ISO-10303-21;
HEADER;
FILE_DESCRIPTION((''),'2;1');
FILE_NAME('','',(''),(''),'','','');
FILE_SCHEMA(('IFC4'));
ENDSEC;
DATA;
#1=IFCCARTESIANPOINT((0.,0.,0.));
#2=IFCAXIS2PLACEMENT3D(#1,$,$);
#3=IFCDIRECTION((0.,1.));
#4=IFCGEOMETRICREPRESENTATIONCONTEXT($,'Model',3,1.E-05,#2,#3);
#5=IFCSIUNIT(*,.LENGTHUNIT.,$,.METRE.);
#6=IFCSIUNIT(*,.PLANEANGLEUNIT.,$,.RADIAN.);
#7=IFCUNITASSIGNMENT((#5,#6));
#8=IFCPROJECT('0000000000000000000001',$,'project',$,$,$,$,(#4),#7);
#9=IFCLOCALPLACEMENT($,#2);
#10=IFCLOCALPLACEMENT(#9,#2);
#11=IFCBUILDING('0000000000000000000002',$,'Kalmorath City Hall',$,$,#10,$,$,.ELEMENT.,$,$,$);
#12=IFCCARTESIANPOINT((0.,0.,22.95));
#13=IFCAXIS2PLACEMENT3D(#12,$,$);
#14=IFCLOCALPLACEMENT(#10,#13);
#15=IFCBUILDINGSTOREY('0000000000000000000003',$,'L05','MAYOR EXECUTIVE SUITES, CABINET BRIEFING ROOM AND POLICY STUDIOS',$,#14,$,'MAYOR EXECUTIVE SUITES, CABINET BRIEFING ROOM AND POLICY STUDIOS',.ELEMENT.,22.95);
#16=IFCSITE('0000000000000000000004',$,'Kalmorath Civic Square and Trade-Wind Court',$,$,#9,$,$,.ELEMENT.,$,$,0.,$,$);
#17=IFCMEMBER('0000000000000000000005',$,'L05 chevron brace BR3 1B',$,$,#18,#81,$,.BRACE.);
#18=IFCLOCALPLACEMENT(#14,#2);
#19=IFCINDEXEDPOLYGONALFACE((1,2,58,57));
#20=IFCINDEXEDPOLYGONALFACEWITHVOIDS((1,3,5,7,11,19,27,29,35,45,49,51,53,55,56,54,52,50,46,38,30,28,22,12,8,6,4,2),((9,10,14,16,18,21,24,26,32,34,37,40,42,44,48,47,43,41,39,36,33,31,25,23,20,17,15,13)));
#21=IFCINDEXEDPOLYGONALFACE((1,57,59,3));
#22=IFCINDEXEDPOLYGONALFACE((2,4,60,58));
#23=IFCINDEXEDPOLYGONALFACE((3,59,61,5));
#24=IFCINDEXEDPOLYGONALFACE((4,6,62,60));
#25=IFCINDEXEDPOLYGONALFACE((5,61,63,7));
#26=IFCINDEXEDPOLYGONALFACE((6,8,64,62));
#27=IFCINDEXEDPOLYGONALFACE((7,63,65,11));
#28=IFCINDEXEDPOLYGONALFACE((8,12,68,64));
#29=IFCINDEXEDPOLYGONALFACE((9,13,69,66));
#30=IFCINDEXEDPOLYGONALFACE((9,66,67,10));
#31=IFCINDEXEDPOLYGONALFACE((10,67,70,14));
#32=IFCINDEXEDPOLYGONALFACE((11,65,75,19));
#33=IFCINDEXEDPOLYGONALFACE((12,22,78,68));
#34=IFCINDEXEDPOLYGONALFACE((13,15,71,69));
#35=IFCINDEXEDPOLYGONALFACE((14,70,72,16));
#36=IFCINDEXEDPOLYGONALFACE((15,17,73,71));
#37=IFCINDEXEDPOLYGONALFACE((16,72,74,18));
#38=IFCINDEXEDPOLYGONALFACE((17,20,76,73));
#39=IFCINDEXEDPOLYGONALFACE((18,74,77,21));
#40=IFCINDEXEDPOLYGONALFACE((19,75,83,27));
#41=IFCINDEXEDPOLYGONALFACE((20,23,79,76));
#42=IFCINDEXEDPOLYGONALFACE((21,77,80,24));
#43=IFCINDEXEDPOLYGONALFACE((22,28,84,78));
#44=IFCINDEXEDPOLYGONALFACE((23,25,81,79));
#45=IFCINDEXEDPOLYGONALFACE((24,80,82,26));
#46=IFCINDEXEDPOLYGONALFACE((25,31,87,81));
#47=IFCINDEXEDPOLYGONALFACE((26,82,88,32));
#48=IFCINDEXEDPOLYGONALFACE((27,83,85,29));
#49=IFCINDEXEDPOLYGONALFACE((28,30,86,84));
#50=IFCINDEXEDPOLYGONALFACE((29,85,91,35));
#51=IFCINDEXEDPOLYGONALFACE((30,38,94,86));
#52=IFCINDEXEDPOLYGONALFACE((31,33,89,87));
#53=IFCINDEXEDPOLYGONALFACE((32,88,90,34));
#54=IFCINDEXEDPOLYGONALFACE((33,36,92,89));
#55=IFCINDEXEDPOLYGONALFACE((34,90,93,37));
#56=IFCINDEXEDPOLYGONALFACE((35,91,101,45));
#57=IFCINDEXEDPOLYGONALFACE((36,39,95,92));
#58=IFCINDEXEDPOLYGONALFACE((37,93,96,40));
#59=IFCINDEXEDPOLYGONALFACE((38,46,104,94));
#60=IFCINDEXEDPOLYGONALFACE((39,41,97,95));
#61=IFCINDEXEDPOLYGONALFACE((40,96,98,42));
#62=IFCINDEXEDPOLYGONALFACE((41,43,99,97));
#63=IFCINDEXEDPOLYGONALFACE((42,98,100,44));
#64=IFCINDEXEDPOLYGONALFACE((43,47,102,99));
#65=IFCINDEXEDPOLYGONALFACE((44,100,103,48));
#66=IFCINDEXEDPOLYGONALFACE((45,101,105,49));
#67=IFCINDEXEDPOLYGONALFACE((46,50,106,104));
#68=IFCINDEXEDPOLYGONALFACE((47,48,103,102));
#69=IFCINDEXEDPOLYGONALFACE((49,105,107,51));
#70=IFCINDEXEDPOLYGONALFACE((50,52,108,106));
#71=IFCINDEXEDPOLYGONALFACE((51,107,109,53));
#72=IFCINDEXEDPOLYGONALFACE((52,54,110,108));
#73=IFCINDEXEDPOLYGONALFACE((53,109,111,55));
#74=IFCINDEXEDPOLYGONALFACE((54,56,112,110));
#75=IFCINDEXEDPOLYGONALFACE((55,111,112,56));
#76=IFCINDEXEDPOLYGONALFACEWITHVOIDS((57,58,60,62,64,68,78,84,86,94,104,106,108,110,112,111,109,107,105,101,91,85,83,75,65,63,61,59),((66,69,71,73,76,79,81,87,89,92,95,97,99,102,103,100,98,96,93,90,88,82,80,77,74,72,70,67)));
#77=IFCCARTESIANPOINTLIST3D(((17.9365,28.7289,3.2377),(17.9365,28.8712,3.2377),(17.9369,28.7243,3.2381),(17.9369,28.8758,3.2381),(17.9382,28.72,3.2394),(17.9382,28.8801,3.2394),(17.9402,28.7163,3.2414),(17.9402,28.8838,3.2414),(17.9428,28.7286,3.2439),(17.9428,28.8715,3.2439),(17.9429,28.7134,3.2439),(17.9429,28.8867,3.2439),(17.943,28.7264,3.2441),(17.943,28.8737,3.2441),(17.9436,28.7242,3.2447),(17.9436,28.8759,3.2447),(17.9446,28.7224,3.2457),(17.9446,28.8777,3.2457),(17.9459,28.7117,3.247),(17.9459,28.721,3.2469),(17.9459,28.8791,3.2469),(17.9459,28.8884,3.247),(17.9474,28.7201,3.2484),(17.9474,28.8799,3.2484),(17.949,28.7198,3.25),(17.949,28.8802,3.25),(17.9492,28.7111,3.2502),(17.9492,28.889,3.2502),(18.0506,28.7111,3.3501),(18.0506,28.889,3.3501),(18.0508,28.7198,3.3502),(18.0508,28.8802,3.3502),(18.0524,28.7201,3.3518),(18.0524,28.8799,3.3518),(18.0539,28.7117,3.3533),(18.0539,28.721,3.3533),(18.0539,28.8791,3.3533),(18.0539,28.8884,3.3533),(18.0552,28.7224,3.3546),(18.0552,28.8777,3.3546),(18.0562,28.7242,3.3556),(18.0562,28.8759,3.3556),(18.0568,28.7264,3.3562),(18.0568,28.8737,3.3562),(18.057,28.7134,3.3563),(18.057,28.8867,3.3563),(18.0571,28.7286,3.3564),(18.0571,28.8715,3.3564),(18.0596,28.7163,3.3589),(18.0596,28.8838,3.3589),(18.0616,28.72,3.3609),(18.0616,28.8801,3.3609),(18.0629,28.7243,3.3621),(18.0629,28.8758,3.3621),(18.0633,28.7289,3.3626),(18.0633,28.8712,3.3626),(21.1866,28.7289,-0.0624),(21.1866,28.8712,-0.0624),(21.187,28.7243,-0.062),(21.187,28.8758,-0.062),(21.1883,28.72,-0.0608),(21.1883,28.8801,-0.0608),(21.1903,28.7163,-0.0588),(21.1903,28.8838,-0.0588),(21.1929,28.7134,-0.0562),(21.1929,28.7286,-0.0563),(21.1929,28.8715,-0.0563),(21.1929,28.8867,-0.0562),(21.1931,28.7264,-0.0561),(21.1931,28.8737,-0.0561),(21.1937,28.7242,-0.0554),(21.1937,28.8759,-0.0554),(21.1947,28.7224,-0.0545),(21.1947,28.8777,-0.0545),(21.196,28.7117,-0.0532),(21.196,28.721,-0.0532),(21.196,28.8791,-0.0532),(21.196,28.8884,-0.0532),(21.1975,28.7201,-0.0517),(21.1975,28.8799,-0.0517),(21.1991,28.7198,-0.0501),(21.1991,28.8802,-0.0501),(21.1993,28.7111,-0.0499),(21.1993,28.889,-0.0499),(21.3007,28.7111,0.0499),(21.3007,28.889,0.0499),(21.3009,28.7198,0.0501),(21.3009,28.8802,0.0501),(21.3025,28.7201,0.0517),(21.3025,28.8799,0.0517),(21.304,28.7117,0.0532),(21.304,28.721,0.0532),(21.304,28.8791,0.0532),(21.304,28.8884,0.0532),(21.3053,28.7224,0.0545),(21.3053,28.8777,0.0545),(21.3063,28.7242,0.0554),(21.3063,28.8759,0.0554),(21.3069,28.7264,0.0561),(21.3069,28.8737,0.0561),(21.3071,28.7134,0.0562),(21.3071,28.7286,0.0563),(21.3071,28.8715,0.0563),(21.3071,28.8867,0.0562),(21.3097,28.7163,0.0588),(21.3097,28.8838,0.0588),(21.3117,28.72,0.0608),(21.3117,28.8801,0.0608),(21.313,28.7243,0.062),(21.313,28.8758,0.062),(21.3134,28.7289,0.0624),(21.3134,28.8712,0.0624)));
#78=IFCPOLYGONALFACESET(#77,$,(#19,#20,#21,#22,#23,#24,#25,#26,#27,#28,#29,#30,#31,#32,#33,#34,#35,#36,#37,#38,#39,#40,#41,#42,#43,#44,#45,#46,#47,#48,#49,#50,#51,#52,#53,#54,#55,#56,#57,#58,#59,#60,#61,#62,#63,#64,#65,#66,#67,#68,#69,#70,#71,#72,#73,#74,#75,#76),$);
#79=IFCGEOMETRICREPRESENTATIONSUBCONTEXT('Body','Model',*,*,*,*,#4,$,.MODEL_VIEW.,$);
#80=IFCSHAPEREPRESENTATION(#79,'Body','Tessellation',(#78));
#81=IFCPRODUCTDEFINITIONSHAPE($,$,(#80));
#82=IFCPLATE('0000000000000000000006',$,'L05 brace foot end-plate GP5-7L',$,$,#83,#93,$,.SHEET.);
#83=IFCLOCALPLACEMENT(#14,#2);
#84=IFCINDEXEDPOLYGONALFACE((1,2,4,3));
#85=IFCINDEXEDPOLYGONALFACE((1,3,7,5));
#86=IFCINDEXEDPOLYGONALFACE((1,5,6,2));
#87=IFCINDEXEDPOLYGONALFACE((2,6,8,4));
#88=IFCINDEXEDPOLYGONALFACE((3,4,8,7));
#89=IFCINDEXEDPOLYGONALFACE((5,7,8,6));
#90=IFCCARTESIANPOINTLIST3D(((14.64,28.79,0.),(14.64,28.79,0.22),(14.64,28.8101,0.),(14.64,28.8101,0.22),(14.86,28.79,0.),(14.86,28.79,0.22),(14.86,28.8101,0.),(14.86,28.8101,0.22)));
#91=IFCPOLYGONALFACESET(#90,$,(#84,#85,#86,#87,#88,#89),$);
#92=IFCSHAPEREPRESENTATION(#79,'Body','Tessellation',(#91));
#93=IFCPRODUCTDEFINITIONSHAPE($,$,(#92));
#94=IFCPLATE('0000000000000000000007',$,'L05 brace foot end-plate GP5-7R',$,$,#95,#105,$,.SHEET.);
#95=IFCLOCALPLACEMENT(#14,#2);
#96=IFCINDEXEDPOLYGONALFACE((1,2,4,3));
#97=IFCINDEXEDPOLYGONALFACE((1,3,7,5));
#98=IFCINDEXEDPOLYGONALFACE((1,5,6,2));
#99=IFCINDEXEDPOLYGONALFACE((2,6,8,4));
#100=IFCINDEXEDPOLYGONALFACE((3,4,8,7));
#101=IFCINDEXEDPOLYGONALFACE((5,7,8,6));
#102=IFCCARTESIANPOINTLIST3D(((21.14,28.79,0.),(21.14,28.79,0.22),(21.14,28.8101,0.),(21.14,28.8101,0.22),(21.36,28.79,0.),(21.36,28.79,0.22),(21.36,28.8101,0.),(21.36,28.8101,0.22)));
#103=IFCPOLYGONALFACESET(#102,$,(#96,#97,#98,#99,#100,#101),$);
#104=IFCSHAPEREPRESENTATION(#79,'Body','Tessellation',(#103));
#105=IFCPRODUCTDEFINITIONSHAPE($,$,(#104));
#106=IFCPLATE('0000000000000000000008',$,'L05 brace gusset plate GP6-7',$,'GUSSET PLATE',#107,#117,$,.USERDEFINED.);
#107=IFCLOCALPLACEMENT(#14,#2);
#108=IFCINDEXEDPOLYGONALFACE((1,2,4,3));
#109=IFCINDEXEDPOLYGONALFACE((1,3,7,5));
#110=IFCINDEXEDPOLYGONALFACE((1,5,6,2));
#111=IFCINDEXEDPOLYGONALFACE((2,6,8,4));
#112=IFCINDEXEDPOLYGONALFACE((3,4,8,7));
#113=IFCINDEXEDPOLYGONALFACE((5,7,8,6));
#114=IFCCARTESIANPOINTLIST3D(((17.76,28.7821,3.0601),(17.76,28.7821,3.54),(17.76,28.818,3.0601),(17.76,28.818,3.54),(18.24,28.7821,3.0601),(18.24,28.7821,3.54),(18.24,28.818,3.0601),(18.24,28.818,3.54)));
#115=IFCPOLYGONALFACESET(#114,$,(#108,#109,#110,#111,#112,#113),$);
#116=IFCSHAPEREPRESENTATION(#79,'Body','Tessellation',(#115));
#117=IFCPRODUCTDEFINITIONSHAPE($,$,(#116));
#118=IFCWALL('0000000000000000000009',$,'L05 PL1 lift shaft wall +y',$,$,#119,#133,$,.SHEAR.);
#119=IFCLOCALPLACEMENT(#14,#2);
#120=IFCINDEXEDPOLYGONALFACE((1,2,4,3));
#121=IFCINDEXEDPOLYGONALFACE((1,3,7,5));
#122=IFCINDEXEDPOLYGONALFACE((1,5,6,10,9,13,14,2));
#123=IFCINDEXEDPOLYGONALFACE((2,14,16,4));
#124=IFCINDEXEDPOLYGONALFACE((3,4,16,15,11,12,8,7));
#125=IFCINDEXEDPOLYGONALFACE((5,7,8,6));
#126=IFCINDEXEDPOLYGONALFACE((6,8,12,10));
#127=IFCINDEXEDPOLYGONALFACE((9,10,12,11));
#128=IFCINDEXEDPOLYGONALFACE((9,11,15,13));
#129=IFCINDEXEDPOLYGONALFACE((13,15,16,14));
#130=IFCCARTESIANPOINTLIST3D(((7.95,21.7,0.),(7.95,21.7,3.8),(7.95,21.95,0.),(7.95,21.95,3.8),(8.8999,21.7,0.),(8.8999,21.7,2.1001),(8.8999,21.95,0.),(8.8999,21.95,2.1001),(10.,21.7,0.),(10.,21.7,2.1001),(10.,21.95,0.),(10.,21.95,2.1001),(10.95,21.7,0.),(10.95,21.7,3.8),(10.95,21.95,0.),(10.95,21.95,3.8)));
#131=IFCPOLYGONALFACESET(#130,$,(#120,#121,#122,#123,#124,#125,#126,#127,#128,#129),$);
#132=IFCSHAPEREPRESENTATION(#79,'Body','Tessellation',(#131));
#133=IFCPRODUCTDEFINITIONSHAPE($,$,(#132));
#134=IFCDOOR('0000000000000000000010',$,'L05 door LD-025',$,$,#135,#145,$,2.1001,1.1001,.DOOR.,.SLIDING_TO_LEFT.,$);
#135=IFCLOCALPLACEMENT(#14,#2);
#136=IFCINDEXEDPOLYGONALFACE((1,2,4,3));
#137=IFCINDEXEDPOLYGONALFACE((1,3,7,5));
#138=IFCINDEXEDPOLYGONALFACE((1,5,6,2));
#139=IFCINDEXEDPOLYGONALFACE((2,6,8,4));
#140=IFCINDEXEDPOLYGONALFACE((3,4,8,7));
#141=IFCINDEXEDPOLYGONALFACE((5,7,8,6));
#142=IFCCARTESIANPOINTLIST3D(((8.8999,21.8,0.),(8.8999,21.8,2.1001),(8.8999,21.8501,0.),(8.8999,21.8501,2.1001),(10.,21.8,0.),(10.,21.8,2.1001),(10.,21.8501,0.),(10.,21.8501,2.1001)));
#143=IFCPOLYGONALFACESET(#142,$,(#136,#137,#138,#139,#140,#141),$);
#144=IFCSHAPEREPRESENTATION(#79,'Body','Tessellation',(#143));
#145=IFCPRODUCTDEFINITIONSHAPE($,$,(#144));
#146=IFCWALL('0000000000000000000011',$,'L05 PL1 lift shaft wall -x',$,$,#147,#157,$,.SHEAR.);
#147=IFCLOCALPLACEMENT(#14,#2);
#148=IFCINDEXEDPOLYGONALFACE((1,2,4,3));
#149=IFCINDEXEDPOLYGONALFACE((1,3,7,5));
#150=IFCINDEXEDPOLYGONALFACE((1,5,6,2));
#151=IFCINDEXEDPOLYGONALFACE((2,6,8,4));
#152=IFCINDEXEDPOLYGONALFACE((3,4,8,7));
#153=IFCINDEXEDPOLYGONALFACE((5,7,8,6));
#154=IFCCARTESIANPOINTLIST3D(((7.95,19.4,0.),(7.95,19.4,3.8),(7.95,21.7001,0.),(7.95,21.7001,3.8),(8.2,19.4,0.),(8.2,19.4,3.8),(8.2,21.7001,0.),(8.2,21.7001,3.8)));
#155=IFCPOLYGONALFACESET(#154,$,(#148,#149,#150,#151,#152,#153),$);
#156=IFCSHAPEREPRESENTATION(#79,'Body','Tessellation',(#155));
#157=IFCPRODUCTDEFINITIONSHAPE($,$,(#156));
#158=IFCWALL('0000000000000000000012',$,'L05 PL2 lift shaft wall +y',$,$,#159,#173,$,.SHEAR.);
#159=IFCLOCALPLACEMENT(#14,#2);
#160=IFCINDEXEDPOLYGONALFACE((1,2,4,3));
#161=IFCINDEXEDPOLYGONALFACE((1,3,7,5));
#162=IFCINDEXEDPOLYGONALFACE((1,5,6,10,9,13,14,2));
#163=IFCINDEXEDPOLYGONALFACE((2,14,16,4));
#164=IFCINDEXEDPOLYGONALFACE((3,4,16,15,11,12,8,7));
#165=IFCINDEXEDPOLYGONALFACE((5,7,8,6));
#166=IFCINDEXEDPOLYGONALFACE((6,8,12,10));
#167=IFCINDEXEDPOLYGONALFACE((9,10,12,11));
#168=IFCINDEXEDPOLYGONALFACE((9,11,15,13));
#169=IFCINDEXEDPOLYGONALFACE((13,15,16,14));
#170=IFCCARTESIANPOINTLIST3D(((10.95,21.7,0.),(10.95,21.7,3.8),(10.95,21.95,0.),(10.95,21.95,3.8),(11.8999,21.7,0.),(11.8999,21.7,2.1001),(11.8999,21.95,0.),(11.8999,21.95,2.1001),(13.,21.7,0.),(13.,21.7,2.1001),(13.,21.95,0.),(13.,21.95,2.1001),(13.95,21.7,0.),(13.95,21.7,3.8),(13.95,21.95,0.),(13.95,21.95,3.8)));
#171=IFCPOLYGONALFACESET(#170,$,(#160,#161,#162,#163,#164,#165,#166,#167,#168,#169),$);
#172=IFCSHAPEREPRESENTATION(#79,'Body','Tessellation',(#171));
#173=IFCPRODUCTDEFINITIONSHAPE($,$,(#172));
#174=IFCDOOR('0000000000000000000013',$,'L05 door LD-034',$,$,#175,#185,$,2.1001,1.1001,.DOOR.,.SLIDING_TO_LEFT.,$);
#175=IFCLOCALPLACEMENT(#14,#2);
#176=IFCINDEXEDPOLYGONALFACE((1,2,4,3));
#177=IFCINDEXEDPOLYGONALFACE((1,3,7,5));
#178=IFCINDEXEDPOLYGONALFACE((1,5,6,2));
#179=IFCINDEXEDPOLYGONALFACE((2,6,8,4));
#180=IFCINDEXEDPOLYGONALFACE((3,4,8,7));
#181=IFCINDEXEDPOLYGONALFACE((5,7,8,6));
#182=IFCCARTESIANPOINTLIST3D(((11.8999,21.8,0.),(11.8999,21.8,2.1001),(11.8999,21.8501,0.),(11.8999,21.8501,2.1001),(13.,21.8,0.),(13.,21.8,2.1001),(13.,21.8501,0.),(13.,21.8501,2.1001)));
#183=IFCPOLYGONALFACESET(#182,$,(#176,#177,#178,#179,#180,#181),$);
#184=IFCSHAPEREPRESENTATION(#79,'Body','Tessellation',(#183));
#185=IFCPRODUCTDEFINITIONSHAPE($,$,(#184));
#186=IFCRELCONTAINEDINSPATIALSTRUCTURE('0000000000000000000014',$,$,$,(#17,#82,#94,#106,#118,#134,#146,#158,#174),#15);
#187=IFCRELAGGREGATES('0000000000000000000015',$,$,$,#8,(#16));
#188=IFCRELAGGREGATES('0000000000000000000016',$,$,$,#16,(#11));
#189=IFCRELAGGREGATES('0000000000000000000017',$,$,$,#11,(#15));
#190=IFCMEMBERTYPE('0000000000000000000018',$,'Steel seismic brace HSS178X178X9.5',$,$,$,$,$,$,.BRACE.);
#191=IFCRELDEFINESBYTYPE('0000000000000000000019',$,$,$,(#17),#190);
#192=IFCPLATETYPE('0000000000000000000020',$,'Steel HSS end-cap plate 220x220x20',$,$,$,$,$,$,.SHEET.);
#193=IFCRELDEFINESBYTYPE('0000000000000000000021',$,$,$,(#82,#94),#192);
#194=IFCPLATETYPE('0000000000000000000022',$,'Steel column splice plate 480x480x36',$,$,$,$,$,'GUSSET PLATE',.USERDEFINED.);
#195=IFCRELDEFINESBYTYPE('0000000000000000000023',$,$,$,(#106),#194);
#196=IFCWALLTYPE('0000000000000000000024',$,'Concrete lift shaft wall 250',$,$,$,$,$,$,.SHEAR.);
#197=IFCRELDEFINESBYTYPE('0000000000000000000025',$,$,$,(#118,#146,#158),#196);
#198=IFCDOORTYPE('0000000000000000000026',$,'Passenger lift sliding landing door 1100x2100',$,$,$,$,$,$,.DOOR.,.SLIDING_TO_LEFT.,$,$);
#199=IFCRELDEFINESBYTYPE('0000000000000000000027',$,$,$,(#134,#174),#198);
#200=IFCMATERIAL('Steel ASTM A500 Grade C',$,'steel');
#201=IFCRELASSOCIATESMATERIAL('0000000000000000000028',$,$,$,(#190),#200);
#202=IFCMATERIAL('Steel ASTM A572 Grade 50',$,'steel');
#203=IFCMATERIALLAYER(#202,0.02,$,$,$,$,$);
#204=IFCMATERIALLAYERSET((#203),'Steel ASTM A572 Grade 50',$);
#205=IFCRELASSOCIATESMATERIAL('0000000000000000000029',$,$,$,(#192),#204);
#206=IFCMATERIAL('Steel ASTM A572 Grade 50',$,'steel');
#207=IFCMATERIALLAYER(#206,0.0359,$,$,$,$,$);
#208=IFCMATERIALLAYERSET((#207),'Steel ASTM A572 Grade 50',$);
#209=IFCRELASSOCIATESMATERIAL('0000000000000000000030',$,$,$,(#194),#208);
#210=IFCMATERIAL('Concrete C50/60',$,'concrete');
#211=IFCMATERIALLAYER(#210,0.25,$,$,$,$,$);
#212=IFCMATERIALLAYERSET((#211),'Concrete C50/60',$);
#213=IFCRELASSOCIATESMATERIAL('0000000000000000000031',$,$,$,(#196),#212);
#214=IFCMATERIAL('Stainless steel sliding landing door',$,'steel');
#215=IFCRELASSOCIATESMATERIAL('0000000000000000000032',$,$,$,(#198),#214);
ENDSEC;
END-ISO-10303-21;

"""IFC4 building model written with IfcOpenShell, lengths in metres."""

from ifc_helpers import new_model, si_unit, direction, frame, frame_2d, origin, origin_2d, place, context, subcontext, project, spatial, rectangle, hollow_rectangle, extrude, material, layer, layer_set, material_profile, profile_set, type_object, element, fill, save


model = new_model("IFC4")

# Units and contexts
model_context = context("Model", 3, precision=1e-05, world=origin(), true_north=direction((0.0, 1.0)))
body_context = subcontext(model_context, "Body", "Model", "MODEL_VIEW")
ifc_project = project(units=[si_unit("LENGTHUNIT", "METRE"), si_unit("PLANEANGLEUNIT", "RADIAN")], contexts=[model_context])

# Site, building, storey
site_placement = place(None, origin())
site = spatial("IfcSite", under=ifc_project, at=site_placement, Name="Kalmorath Civic Square and Trade-Wind Court", CompositionType="ELEMENT", RefElevation=0.0)
building_placement = place(site_placement, origin())
building = spatial("IfcBuilding", under=site, at=building_placement, Name="Kalmorath City Hall", CompositionType="ELEMENT")
storey_placement = place(building_placement, frame((0.0, 0.0, 22.95)))
storey = spatial("IfcBuildingStorey", under=building, at=storey_placement, Name="L05", Description="MAYOR EXECUTIVE SUITES, CABINET BRIEFING ROOM AND POLICY STUDIOS", LongName="MAYOR EXECUTIVE SUITES, CABINET BRIEFING ROOM AND POLICY STUDIOS", CompositionType="ELEMENT", Elevation=22.95)

# Member
ifc_material_1 = material(Name="Steel ASTM A500 Grade C", Category="steel")
ifc_material_profile_1 = material_profile(ifc_material_1, hollow_rectangle(XDim=0.178, YDim=0.178, WallThickness=0.0088, InnerFilletRadius=0.0088, OuterFilletRadius=0.0178, at=origin_2d()), Name="HSS178X178X9.5")
ifc_profile_set_1 = profile_set([ifc_material_profile_1], Name="Steel ASTM A500 Grade C")
member_type = type_object("IfcMemberType", Name="Steel seismic brace HSS178X178X9.5", PredefinedType="BRACE", material=ifc_profile_set_1)
for number, where, z_axis, x_axis, name in (
    (1, (21.25, 28.8, 0.0), (-0.701683, 0.0, 0.712489), (0.0, -1.0, 0.0), "L05 chevron brace BR3 1B"),
):
    element("IfcMember", number, at=place(storey_placement, frame(where, z_axis=z_axis, x_axis=x_axis)), inside=storey, type_object=member_type, Name=name, PredefinedType="BRACE", context=body_context, shape_type="SweptSolid", body=[
        extrude(hollow_rectangle(XDim=0.178, YDim=0.178, WallThickness=0.0088, InnerFilletRadius=0.0088, OuterFilletRadius=0.0178, at=origin_2d()), origin(), (0.0, 0.0, 1.0), 4.6318),
    ])

# Plates
ifc_material_2 = material(Name="Steel ASTM A572 Grade 50", Category="steel")
ifc_layer_1 = layer(ifc_material_2, 0.02)
ifc_layer_set_1 = layer_set([ifc_layer_1], Name="Steel ASTM A572 Grade 50")
plate_type_1 = type_object("IfcPlateType", Name="Steel HSS end-cap plate 220x220x20", PredefinedType="SHEET", material=ifc_layer_set_1)
for number, where, z_axis, x_axis, name in (
    (2, (14.75, 28.8, 0.0), (0.0, 0.0, 1.0), (1.0, 0.0, 0.0), "L05 brace foot end-plate GP5-7L"),
    (3, (21.25, 28.8, 0.0), (0.0, 0.0, 1.0), (1.0, 0.0, 0.0), "L05 brace foot end-plate GP5-7R"),
):
    element("IfcPlate", number, at=place(storey_placement, frame(where, z_axis=z_axis, x_axis=x_axis)), inside=storey, type_object=plate_type_1, Name=name, PredefinedType="SHEET", context=body_context, shape_type="SweptSolid", body=[
        extrude(rectangle(XDim=0.22, YDim=0.02, at=origin_2d()), origin(), (0.0, 0.0, 1.0), 0.22),
    ])
ifc_material_3 = material(Name="Steel ASTM A572 Grade 50", Category="steel")
ifc_layer_2 = layer(ifc_material_3, 0.0359)
ifc_layer_set_2 = layer_set([ifc_layer_2], Name="Steel ASTM A572 Grade 50")
plate_type_2 = type_object("IfcPlateType", Name="Steel column splice plate 480x480x36", ElementType="GUSSET PLATE", PredefinedType="USERDEFINED", material=ifc_layer_set_2)
plate_placement = place(storey_placement, frame((18.0, 28.8, 3.0601), z_axis=(0.0, 0.0, 1.0), x_axis=(1.0, 0.0, 0.0)))
element("IfcPlate", 4, at=plate_placement, inside=storey, type_object=plate_type_2, Name="L05 brace gusset plate GP6-7", ObjectType="GUSSET PLATE", PredefinedType="USERDEFINED", context=body_context, shape_type="SweptSolid", body=[
    extrude(rectangle(XDim=0.48, YDim=0.0359, at=origin_2d()), origin(), (0.0, 0.0, 1.0), 0.48),
])

# Wall, opening, door
ifc_material_4 = material(Name="Concrete C50/60", Category="concrete")
ifc_layer_3 = layer(ifc_material_4, 0.25)
ifc_layer_set_3 = layer_set([ifc_layer_3], Name="Concrete C50/60")
wall_type_1 = type_object("IfcWallType", Name="Concrete lift shaft wall 250", PredefinedType="SHEAR", material=ifc_layer_set_3)
wall_1_placement = place(storey_placement, frame((10.95, 21.825, 0.0), z_axis=(0.0, 0.0, 1.0), x_axis=(-1.0, 0.0, 0.0)))
wall_1 = element("IfcWall", 5, at=wall_1_placement, inside=storey, type_object=wall_type_1, Name="L05 PL1 lift shaft wall +y", PredefinedType="SHEAR", context=body_context, shape_type="SweptSolid", body=[
    extrude(rectangle(XDim=3.0, YDim=0.25, at=frame_2d((1.5, 0.0))), origin(), (0.0, 0.0, 1.0), 3.8),
])
opening_1_placement = place(wall_1_placement, frame((0.95, 0.0, 0.0)))
opening_1 = element("IfcOpeningElement", 6, at=opening_1_placement, cuts=wall_1, PredefinedType="OPENING", context=body_context, shape_type="SweptSolid", body=[
    extrude(rectangle(XDim=1.1001, YDim=2.1001, at=frame_2d((0.55, 1.05))), frame((0.0, 0.135, 0.0), z_axis=(0.0, -1.0, 0.0), x_axis=(1.0, 0.0, 0.0)), (0.0, 0.0, 1.0), 0.27),
])
ifc_material_5 = material(Name="Stainless steel sliding landing door", Category="steel")
door_type_1 = type_object("IfcDoorType", Name="Passenger lift sliding landing door 1100x2100", OperationType="SLIDING_TO_LEFT", PredefinedType="DOOR", material=ifc_material_5)
door_1_placement = place(opening_1_placement, origin())
door_1 = element("IfcDoor", 7, at=door_1_placement, inside=storey, type_object=door_type_1, Name="L05 door LD-025", OperationType="SLIDING_TO_LEFT", OverallHeight=2.1001, OverallWidth=1.1001, PredefinedType="DOOR", context=body_context, shape_type="SweptSolid", body=[
    extrude(rectangle(XDim=1.1001, YDim=2.1001, at=frame_2d((0.55, 1.05))), frame((0.0, 0.0249, 0.0), z_axis=(0.0, -1.0, 0.0), x_axis=(1.0, 0.0, 0.0)), (0.0, 0.0, 1.0), 0.05),
])
fill(opening_1, door_1)

# Wall
wall_2_placement = place(storey_placement, frame((8.075, 21.7, 0.0), z_axis=(0.0, 0.0, 1.0), x_axis=(0.0, -1.0, 0.0)))
element("IfcWall", 8, at=wall_2_placement, inside=storey, type_object=wall_type_1, Name="L05 PL1 lift shaft wall -x", PredefinedType="SHEAR", context=body_context, shape_type="SweptSolid", body=[
    extrude(rectangle(XDim=2.3, YDim=0.25, at=frame_2d((1.1499, 0.0))), origin(), (0.0, 0.0, 1.0), 3.8),
])

# Wall, opening, door
wall_3_placement = place(storey_placement, frame((13.95, 21.825, 0.0), z_axis=(0.0, 0.0, 1.0), x_axis=(-1.0, 0.0, 0.0)))
wall_3 = element("IfcWall", 9, at=wall_3_placement, inside=storey, type_object=wall_type_1, Name="L05 PL2 lift shaft wall +y", PredefinedType="SHEAR", context=body_context, shape_type="SweptSolid", body=[
    extrude(rectangle(XDim=3.0, YDim=0.25, at=frame_2d((1.5, 0.0))), origin(), (0.0, 0.0, 1.0), 3.8),
])
opening_2_placement = place(wall_3_placement, frame((0.95, 0.0, 0.0)))
opening_2 = element("IfcOpeningElement", 10, at=opening_2_placement, cuts=wall_3, PredefinedType="OPENING", context=body_context, shape_type="SweptSolid", body=[
    extrude(rectangle(XDim=1.1001, YDim=2.1001, at=frame_2d((0.55, 1.05))), frame((0.0, 0.135, 0.0), z_axis=(0.0, -1.0, 0.0), x_axis=(1.0, 0.0, 0.0)), (0.0, 0.0, 1.0), 0.27),
])
door_2_placement = place(opening_2_placement, origin())
door_2 = element("IfcDoor", 11, at=door_2_placement, inside=storey, type_object=door_type_1, Name="L05 door LD-034", OperationType="SLIDING_TO_LEFT", OverallHeight=2.1001, OverallWidth=1.1001, PredefinedType="DOOR", context=body_context, shape_type="SweptSolid", body=[
    extrude(rectangle(XDim=1.1001, YDim=2.1001, at=frame_2d((0.55, 1.05))), frame((0.0, 0.0249, 0.0), z_axis=(0.0, -1.0, 0.0), x_axis=(1.0, 0.0, 0.0)), (0.0, 0.0, 1.0), 0.05),
])
fill(opening_2, door_2)

save(model, "model.ifc")
